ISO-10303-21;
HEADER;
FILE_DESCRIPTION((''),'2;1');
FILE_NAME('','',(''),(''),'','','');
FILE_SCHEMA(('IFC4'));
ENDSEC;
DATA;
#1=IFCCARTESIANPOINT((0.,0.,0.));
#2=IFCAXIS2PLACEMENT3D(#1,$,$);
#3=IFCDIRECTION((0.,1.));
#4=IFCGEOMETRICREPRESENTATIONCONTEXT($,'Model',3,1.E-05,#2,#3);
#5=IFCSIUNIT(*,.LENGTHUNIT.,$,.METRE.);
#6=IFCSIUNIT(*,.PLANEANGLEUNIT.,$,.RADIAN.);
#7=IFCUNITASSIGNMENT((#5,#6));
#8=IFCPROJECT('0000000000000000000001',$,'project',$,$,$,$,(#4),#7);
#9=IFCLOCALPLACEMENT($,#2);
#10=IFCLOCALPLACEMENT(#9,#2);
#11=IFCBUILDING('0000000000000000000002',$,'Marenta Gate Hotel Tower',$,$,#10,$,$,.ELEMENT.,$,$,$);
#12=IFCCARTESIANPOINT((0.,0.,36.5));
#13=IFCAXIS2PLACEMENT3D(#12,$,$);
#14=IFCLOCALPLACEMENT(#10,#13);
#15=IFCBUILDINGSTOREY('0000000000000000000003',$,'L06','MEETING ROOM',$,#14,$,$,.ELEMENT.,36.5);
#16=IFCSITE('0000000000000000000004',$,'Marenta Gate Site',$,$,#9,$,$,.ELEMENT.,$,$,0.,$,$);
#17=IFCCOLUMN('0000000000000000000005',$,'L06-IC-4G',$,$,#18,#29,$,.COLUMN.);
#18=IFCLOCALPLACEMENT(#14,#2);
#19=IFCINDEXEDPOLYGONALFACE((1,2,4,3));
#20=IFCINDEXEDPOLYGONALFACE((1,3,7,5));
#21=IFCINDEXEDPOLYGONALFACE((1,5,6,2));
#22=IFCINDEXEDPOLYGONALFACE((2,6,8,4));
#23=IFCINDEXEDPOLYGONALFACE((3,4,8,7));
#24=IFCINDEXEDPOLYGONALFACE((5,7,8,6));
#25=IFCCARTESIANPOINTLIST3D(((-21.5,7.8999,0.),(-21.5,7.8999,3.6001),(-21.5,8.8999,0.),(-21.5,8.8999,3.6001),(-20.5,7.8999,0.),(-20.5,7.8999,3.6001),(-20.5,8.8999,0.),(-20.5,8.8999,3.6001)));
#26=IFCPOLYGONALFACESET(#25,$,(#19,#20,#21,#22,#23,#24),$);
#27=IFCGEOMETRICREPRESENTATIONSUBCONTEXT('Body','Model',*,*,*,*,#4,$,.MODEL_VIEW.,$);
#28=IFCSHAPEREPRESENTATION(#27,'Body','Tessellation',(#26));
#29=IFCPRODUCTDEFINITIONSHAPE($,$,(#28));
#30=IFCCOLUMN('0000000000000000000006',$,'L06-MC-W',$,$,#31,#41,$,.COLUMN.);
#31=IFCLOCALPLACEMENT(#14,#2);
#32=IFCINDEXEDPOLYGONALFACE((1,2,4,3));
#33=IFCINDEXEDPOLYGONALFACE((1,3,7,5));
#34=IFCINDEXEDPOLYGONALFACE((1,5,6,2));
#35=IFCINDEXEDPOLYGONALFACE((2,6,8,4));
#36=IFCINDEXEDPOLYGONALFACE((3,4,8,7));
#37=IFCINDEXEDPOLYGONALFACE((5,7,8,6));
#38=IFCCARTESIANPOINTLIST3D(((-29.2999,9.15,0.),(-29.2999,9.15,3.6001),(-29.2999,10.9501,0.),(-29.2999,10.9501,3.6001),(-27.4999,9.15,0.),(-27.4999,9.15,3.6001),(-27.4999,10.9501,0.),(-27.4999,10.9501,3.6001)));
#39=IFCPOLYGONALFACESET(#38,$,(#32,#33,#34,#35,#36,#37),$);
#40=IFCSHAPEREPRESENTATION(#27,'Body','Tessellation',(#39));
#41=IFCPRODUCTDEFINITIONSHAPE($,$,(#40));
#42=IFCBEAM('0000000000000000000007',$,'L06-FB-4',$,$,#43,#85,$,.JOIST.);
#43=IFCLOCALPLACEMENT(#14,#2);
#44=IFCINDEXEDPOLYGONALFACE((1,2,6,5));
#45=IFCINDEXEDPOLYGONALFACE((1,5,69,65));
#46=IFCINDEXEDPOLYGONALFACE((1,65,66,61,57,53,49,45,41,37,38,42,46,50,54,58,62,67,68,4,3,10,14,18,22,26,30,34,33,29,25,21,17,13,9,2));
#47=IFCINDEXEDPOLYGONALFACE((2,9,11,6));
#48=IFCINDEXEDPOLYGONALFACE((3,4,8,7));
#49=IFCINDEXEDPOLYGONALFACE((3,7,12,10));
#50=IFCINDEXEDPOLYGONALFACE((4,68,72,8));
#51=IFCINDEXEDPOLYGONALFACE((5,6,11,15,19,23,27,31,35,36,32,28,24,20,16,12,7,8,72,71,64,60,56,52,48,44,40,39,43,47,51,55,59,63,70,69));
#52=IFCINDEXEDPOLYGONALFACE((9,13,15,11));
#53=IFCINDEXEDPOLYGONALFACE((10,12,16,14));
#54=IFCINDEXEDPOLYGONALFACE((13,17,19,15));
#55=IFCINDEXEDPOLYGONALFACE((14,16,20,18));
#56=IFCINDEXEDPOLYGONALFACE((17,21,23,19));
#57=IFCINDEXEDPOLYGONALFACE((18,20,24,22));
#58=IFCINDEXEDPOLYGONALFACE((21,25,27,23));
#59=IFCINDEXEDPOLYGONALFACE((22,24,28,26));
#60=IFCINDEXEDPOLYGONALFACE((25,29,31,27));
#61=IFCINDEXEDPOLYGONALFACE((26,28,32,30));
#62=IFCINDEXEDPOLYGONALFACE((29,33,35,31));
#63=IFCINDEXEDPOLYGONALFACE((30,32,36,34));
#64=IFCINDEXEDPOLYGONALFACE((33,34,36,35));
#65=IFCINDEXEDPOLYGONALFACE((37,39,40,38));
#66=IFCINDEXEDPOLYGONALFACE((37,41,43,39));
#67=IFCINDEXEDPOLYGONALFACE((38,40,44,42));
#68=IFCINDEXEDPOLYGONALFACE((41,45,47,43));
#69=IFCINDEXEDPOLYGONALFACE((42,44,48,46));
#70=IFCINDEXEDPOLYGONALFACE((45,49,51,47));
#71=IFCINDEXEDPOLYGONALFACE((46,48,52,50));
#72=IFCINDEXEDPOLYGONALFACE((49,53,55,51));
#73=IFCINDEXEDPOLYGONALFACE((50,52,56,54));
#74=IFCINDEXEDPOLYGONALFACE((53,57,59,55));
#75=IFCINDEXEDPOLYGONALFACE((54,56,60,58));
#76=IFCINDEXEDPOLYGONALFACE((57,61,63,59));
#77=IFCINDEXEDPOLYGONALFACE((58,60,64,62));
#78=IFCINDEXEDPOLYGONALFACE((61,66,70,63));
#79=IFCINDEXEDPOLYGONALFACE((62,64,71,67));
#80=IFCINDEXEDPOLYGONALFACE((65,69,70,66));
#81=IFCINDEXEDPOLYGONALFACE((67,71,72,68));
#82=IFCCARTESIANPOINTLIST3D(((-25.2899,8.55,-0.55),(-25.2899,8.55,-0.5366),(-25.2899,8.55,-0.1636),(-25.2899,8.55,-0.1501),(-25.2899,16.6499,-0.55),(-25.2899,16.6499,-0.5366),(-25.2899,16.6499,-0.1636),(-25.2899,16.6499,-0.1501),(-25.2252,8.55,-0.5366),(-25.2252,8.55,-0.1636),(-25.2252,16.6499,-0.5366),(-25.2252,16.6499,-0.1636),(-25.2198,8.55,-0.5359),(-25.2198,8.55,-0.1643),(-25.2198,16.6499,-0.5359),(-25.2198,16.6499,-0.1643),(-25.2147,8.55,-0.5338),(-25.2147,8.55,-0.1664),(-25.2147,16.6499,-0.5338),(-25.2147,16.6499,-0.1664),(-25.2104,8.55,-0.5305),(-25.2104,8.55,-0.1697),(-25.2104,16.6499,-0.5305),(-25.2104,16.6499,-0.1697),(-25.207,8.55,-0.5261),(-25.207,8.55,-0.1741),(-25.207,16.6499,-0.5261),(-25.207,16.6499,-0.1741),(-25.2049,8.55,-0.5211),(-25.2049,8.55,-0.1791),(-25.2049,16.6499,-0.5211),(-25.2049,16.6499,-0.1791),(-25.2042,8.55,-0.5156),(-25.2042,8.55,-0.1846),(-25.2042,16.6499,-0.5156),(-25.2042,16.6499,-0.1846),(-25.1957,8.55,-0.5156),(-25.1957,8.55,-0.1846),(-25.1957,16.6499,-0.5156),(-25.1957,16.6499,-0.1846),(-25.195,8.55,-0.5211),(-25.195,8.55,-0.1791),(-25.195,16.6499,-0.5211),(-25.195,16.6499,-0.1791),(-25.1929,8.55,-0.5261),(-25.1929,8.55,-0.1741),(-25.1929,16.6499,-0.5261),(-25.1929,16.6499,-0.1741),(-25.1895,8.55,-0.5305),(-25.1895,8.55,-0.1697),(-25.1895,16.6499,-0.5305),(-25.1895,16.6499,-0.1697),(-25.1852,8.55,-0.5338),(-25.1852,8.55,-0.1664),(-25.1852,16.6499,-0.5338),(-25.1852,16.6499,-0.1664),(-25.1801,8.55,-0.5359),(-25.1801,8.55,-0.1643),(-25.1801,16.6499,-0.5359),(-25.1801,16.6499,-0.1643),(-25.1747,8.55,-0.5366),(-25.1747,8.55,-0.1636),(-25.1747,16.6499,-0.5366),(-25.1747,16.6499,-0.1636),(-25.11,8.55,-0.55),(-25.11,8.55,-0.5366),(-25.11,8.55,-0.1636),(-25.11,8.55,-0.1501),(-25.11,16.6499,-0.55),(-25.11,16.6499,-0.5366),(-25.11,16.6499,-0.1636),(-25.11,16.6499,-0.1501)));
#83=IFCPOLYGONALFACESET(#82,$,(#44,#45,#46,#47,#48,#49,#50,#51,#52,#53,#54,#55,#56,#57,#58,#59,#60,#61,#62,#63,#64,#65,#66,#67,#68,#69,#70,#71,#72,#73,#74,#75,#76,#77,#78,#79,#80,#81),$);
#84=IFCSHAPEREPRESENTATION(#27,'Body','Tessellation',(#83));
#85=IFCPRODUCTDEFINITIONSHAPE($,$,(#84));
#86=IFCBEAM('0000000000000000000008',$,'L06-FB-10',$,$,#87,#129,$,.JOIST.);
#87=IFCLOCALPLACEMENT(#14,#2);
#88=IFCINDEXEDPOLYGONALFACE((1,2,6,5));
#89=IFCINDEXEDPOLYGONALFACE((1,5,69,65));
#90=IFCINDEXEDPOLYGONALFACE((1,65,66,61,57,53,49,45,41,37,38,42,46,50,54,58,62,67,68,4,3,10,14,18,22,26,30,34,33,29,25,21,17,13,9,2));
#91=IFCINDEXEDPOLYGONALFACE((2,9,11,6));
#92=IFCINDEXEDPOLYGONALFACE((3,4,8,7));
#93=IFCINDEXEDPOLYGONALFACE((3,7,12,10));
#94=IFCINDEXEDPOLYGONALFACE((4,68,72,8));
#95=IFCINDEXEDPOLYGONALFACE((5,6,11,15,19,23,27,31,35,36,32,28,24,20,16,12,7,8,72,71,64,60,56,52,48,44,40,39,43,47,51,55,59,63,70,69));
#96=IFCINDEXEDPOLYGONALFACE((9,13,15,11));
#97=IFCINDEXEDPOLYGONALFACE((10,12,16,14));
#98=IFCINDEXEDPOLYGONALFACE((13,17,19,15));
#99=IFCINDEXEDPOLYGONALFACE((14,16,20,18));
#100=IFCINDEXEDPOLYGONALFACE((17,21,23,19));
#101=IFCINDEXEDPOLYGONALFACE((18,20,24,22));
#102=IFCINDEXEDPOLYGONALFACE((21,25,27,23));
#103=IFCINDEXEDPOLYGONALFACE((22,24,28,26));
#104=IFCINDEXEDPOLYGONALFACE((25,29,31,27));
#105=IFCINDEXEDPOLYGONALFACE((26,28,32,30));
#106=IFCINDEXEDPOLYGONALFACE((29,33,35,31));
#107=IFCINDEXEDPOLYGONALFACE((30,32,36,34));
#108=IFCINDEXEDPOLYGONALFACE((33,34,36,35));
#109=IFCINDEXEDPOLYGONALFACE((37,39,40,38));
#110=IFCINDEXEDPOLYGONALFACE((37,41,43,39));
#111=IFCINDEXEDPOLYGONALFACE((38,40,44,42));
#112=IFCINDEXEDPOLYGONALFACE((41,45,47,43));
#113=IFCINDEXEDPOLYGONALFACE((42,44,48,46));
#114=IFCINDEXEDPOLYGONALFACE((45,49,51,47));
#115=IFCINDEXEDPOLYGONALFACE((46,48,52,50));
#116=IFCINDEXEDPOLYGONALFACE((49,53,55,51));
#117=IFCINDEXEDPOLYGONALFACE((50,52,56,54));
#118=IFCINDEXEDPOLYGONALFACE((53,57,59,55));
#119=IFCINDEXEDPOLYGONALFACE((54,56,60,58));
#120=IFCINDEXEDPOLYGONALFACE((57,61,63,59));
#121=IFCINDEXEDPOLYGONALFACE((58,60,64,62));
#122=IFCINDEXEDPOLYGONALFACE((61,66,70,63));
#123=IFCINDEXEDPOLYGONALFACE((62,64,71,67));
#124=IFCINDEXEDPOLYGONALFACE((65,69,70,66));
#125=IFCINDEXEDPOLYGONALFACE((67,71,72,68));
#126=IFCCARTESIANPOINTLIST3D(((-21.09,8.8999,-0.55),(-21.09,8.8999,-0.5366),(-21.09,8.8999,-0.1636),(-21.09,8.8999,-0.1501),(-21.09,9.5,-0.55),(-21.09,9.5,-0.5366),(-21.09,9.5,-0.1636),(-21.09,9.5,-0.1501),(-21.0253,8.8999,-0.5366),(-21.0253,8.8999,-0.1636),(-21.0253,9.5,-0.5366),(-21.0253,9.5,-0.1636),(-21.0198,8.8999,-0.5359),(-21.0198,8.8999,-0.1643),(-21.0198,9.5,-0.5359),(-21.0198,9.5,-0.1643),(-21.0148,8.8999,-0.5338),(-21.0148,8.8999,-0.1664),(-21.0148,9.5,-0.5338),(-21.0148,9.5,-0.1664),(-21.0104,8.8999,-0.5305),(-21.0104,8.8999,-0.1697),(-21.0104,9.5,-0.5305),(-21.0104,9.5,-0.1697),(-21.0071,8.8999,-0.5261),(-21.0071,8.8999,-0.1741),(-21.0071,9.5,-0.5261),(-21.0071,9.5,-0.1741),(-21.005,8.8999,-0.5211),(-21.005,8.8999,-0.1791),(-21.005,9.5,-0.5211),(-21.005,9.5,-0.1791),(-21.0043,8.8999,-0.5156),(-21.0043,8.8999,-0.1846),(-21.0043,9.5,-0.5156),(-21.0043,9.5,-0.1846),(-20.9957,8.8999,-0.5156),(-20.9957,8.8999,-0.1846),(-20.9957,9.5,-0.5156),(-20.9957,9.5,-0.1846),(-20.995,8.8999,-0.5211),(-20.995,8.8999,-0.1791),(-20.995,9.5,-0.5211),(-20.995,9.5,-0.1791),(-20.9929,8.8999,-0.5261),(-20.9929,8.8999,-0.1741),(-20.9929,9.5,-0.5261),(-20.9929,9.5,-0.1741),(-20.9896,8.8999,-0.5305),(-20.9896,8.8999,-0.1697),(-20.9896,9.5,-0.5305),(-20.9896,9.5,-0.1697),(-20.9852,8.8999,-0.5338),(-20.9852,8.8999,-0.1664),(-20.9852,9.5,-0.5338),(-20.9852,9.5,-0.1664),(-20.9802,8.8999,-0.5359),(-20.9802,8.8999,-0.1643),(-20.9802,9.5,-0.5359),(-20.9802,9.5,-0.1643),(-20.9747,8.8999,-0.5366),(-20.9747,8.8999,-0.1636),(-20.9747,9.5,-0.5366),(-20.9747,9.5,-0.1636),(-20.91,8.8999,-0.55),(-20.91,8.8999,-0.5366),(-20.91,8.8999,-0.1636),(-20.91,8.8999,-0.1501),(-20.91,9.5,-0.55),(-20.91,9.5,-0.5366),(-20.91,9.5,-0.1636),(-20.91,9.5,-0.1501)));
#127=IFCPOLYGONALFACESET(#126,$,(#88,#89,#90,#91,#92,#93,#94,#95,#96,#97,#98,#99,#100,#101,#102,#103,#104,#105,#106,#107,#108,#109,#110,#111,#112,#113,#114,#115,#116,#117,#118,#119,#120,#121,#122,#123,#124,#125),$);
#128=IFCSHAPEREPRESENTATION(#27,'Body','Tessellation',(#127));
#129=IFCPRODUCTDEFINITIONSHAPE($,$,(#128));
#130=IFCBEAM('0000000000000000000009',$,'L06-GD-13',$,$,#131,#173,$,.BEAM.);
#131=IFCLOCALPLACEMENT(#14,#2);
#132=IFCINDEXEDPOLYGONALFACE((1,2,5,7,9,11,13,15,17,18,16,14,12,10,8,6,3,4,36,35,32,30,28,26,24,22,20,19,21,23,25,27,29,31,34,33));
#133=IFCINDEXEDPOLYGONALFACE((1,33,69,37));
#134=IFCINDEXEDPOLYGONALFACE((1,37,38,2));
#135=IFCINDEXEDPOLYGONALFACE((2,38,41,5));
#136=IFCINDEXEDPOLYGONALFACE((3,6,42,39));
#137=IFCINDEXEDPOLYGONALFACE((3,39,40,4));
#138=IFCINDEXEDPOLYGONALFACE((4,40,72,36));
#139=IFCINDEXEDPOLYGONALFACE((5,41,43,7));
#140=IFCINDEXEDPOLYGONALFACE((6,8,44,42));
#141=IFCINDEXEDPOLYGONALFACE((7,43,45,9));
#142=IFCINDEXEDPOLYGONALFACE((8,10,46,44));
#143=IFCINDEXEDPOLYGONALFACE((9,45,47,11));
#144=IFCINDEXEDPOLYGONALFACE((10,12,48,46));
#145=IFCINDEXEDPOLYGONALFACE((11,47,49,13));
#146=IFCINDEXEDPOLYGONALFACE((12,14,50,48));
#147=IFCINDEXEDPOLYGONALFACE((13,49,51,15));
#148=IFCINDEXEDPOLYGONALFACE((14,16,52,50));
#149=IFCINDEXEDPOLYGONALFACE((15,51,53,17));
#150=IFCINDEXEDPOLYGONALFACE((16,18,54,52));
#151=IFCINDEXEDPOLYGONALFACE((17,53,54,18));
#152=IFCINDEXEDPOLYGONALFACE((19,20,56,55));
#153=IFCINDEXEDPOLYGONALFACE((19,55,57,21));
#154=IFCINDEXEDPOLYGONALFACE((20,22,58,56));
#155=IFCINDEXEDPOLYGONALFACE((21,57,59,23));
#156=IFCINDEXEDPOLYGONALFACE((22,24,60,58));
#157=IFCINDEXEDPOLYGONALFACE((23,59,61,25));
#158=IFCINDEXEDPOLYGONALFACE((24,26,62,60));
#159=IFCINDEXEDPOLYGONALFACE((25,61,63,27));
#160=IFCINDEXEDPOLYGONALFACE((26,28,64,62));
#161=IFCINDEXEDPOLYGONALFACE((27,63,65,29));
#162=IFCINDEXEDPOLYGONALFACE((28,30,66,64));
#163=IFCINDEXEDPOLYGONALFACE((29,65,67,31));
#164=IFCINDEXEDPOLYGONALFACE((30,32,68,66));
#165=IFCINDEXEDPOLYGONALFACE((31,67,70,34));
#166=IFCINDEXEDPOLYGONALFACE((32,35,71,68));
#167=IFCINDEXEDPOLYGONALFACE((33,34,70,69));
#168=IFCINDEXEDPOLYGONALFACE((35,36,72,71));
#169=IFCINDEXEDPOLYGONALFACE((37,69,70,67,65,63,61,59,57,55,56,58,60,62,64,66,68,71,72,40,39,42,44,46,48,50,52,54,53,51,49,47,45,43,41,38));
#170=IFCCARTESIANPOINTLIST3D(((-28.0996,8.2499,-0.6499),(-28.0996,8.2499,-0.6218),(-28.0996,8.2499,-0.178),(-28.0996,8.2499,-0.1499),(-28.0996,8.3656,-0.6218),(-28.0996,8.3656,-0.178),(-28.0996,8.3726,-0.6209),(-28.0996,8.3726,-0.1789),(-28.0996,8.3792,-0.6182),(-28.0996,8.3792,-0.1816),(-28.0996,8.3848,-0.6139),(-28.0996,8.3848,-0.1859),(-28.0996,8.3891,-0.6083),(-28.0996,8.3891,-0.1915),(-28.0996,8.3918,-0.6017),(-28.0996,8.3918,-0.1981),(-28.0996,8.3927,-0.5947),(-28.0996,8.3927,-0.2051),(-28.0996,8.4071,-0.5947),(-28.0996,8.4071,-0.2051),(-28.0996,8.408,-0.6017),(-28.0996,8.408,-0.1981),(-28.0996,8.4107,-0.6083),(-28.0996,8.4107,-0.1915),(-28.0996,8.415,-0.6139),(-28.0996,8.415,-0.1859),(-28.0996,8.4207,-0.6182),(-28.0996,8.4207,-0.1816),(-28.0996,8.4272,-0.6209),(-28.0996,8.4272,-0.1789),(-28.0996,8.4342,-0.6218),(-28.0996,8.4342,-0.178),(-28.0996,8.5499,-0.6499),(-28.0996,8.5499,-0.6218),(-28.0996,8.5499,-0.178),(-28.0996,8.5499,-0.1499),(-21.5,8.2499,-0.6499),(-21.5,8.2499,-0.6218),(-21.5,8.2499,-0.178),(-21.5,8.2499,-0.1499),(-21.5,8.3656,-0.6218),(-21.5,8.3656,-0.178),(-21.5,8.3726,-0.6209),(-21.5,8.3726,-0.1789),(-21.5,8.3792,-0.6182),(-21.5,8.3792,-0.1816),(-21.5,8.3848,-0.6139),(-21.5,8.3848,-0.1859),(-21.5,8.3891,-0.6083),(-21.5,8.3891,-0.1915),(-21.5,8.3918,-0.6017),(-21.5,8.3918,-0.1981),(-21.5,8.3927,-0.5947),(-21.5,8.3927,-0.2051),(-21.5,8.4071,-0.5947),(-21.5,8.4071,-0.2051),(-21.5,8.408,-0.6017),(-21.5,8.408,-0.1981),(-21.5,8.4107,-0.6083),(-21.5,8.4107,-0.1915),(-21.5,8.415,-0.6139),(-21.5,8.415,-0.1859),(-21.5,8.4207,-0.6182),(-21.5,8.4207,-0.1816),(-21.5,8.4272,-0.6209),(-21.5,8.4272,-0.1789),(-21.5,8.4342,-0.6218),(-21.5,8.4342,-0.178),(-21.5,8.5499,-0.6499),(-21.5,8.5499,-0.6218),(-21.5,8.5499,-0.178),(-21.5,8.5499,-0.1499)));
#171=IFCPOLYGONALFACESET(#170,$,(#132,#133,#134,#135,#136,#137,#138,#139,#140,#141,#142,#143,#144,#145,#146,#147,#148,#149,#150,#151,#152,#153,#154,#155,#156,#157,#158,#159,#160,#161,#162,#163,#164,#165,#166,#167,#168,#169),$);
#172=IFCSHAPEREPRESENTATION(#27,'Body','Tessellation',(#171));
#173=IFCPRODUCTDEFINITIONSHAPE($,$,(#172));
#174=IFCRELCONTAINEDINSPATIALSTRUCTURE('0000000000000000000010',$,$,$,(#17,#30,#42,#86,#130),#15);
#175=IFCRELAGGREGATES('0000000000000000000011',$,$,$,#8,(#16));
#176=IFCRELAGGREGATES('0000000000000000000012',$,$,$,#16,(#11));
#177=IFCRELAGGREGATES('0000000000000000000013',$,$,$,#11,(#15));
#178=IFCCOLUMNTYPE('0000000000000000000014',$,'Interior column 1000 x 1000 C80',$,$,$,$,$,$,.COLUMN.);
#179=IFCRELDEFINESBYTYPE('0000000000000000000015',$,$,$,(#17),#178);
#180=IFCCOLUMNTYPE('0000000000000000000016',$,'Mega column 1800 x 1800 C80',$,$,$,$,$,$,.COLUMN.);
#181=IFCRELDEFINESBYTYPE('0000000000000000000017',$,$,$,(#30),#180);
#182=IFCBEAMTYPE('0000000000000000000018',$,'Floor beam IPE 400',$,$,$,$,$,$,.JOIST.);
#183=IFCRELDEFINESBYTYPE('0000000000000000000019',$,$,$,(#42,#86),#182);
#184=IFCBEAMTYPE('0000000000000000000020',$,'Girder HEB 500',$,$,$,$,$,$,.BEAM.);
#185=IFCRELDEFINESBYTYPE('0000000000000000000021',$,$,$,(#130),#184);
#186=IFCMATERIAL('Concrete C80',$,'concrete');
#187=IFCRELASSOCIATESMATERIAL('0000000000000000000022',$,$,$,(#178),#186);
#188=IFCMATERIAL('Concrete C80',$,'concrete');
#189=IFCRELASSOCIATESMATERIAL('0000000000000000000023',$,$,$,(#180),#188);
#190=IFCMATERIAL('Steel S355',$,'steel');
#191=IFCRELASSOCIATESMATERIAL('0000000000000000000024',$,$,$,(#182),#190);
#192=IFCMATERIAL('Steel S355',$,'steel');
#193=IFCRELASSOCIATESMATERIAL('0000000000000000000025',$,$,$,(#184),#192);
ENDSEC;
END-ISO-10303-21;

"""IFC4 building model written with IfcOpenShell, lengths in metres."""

from ifc_helpers import new_model, si_unit, direction, frame, origin, origin_2d, place, context, subcontext, project, spatial, rectangle, i_section, extrude, material, material_profile, profile_set, type_object, element, save


model = new_model("IFC4")

# Units and contexts
model_context = context("Model", 3, precision=1e-05, world=origin(), true_north=direction((0.0, 1.0)))
body_context = subcontext(model_context, "Body", "Model", "MODEL_VIEW")
ifc_project = project(units=[si_unit("LENGTHUNIT", "METRE"), si_unit("PLANEANGLEUNIT", "RADIAN")], contexts=[model_context])

# Site, building, storey
site_placement = place(None, origin())
site = spatial("IfcSite", under=ifc_project, at=site_placement, Name="Marenta Gate Site", CompositionType="ELEMENT", RefElevation=0.0)
building_placement = place(site_placement, origin())
building = spatial("IfcBuilding", under=site, at=building_placement, Name="Marenta Gate Hotel Tower", CompositionType="ELEMENT")
storey_placement = place(building_placement, frame((0.0, 0.0, 36.5)))
storey = spatial("IfcBuildingStorey", under=building, at=storey_placement, Name="L06", Description="MEETING ROOM", CompositionType="ELEMENT", Elevation=36.5)

# Columns
ifc_material_1 = material(Name="Concrete C80", Category="concrete")
ifc_material_profile_1 = material_profile(ifc_material_1, rectangle(XDim=1.0, YDim=1.0, at=origin_2d()), Name="1000 x 1000")
ifc_profile_set_1 = profile_set([ifc_material_profile_1], Name="Concrete C80")
column_type_1 = type_object("IfcColumnType", Name="Interior column 1000 x 1000 C80", PredefinedType="COLUMN", material=ifc_profile_set_1)
column_1_placement = place(storey_placement, frame((-21.0, 8.3999, 0.0), z_axis=(0.0, 0.0, 1.0), x_axis=(1.0, 0.0, 0.0)))
element("IfcColumn", 1, at=column_1_placement, inside=storey, type_object=column_type_1, Name="L06-IC-4G", PredefinedType="COLUMN", context=body_context, shape_type="SweptSolid", body=[
    extrude(rectangle(XDim=1.0, YDim=1.0, at=origin_2d()), origin(), (0.0, 0.0, 1.0), 3.6001),
])
ifc_material_2 = material(Name="Concrete C80", Category="concrete")
ifc_material_profile_2 = material_profile(ifc_material_2, rectangle(XDim=1.8, YDim=1.8, at=origin_2d()), Name="1800 x 1800")
ifc_profile_set_2 = profile_set([ifc_material_profile_2], Name="Concrete C80")
column_type_2 = type_object("IfcColumnType", Name="Mega column 1800 x 1800 C80", PredefinedType="COLUMN", material=ifc_profile_set_2)
column_2_placement = place(storey_placement, frame((-28.3999, 10.05, 0.0), z_axis=(0.0, 0.0, 1.0), x_axis=(1.0, 0.0, 0.0)))
element("IfcColumn", 2, at=column_2_placement, inside=storey, type_object=column_type_2, Name="L06-MC-W", PredefinedType="COLUMN", context=body_context, shape_type="SweptSolid", body=[
    extrude(rectangle(XDim=1.8, YDim=1.8, at=origin_2d()), origin(), (0.0, 0.0, 1.0), 3.6001),
])

# Beams
ifc_material_3 = material(Name="Steel S355", Category="steel")
ifc_material_profile_3 = material_profile(ifc_material_3, i_section(OverallWidth=0.1799, OverallDepth=0.3999, WebThickness=0.0085, FlangeThickness=0.0134, FilletRadius=0.021, at=origin_2d()), Name="IPE 400")
ifc_profile_set_3 = profile_set([ifc_material_profile_3], Name="Steel S355")
beam_type_1 = type_object("IfcBeamType", Name="Floor beam IPE 400", PredefinedType="JOIST", material=ifc_profile_set_3)
beam_1_placement = place(storey_placement, frame((-25.2, 8.55, -0.3501), z_axis=(0.0, 1.0, 0.0), x_axis=(-1.0, 0.0, 0.0)))
element("IfcBeam", 3, at=beam_1_placement, inside=storey, type_object=beam_type_1, Name="L06-FB-4", PredefinedType="JOIST", context=body_context, shape_type="SweptSolid", body=[
    extrude(i_section(OverallWidth=0.1799, OverallDepth=0.3999, WebThickness=0.0085, FlangeThickness=0.0134, FilletRadius=0.021, at=origin_2d()), origin(), (0.0, 0.0, 1.0), 8.0999),
])
beam_2_placement = place(storey_placement, frame((-21.0, 8.8999, -0.3501), z_axis=(0.0, 1.0, 0.0), x_axis=(-1.0, 0.0, 0.0)))
element("IfcBeam", 4, at=beam_2_placement, inside=storey, type_object=beam_type_1, Name="L06-FB-10", PredefinedType="JOIST", context=body_context, shape_type="SweptSolid", body=[
    extrude(i_section(OverallWidth=0.1799, OverallDepth=0.3999, WebThickness=0.0085, FlangeThickness=0.0134, FilletRadius=0.021, at=origin_2d()), origin(), (0.0, 0.0, 1.0), 0.6001),
])
ifc_material_4 = material(Name="Steel S355", Category="steel")
ifc_material_profile_4 = material_profile(ifc_material_4, i_section(OverallWidth=0.3, OverallDepth=0.5, WebThickness=0.0144, FlangeThickness=0.0281, FilletRadius=0.0271, at=origin_2d()), Name="HEB 500")
ifc_profile_set_4 = profile_set([ifc_material_profile_4], Name="Steel S355")
beam_type_2 = type_object("IfcBeamType", Name="Girder HEB 500", PredefinedType="BEAM", material=ifc_profile_set_4)
beam_3_placement = place(storey_placement, frame((-28.0996, 8.3999, -0.3999), z_axis=(1.0, 0.0, 0.0), x_axis=(0.0, 1.0, 0.0)))
element("IfcBeam", 5, at=beam_3_placement, inside=storey, type_object=beam_type_2, Name="L06-GD-13", PredefinedType="BEAM", context=body_context, shape_type="SweptSolid", body=[
    extrude(i_section(OverallWidth=0.3, OverallDepth=0.5, WebThickness=0.0144, FlangeThickness=0.0281, FilletRadius=0.0271, at=origin_2d()), origin(), (0.0, 0.0, 1.0), 6.5996),
])

save(model, "model.ifc")
